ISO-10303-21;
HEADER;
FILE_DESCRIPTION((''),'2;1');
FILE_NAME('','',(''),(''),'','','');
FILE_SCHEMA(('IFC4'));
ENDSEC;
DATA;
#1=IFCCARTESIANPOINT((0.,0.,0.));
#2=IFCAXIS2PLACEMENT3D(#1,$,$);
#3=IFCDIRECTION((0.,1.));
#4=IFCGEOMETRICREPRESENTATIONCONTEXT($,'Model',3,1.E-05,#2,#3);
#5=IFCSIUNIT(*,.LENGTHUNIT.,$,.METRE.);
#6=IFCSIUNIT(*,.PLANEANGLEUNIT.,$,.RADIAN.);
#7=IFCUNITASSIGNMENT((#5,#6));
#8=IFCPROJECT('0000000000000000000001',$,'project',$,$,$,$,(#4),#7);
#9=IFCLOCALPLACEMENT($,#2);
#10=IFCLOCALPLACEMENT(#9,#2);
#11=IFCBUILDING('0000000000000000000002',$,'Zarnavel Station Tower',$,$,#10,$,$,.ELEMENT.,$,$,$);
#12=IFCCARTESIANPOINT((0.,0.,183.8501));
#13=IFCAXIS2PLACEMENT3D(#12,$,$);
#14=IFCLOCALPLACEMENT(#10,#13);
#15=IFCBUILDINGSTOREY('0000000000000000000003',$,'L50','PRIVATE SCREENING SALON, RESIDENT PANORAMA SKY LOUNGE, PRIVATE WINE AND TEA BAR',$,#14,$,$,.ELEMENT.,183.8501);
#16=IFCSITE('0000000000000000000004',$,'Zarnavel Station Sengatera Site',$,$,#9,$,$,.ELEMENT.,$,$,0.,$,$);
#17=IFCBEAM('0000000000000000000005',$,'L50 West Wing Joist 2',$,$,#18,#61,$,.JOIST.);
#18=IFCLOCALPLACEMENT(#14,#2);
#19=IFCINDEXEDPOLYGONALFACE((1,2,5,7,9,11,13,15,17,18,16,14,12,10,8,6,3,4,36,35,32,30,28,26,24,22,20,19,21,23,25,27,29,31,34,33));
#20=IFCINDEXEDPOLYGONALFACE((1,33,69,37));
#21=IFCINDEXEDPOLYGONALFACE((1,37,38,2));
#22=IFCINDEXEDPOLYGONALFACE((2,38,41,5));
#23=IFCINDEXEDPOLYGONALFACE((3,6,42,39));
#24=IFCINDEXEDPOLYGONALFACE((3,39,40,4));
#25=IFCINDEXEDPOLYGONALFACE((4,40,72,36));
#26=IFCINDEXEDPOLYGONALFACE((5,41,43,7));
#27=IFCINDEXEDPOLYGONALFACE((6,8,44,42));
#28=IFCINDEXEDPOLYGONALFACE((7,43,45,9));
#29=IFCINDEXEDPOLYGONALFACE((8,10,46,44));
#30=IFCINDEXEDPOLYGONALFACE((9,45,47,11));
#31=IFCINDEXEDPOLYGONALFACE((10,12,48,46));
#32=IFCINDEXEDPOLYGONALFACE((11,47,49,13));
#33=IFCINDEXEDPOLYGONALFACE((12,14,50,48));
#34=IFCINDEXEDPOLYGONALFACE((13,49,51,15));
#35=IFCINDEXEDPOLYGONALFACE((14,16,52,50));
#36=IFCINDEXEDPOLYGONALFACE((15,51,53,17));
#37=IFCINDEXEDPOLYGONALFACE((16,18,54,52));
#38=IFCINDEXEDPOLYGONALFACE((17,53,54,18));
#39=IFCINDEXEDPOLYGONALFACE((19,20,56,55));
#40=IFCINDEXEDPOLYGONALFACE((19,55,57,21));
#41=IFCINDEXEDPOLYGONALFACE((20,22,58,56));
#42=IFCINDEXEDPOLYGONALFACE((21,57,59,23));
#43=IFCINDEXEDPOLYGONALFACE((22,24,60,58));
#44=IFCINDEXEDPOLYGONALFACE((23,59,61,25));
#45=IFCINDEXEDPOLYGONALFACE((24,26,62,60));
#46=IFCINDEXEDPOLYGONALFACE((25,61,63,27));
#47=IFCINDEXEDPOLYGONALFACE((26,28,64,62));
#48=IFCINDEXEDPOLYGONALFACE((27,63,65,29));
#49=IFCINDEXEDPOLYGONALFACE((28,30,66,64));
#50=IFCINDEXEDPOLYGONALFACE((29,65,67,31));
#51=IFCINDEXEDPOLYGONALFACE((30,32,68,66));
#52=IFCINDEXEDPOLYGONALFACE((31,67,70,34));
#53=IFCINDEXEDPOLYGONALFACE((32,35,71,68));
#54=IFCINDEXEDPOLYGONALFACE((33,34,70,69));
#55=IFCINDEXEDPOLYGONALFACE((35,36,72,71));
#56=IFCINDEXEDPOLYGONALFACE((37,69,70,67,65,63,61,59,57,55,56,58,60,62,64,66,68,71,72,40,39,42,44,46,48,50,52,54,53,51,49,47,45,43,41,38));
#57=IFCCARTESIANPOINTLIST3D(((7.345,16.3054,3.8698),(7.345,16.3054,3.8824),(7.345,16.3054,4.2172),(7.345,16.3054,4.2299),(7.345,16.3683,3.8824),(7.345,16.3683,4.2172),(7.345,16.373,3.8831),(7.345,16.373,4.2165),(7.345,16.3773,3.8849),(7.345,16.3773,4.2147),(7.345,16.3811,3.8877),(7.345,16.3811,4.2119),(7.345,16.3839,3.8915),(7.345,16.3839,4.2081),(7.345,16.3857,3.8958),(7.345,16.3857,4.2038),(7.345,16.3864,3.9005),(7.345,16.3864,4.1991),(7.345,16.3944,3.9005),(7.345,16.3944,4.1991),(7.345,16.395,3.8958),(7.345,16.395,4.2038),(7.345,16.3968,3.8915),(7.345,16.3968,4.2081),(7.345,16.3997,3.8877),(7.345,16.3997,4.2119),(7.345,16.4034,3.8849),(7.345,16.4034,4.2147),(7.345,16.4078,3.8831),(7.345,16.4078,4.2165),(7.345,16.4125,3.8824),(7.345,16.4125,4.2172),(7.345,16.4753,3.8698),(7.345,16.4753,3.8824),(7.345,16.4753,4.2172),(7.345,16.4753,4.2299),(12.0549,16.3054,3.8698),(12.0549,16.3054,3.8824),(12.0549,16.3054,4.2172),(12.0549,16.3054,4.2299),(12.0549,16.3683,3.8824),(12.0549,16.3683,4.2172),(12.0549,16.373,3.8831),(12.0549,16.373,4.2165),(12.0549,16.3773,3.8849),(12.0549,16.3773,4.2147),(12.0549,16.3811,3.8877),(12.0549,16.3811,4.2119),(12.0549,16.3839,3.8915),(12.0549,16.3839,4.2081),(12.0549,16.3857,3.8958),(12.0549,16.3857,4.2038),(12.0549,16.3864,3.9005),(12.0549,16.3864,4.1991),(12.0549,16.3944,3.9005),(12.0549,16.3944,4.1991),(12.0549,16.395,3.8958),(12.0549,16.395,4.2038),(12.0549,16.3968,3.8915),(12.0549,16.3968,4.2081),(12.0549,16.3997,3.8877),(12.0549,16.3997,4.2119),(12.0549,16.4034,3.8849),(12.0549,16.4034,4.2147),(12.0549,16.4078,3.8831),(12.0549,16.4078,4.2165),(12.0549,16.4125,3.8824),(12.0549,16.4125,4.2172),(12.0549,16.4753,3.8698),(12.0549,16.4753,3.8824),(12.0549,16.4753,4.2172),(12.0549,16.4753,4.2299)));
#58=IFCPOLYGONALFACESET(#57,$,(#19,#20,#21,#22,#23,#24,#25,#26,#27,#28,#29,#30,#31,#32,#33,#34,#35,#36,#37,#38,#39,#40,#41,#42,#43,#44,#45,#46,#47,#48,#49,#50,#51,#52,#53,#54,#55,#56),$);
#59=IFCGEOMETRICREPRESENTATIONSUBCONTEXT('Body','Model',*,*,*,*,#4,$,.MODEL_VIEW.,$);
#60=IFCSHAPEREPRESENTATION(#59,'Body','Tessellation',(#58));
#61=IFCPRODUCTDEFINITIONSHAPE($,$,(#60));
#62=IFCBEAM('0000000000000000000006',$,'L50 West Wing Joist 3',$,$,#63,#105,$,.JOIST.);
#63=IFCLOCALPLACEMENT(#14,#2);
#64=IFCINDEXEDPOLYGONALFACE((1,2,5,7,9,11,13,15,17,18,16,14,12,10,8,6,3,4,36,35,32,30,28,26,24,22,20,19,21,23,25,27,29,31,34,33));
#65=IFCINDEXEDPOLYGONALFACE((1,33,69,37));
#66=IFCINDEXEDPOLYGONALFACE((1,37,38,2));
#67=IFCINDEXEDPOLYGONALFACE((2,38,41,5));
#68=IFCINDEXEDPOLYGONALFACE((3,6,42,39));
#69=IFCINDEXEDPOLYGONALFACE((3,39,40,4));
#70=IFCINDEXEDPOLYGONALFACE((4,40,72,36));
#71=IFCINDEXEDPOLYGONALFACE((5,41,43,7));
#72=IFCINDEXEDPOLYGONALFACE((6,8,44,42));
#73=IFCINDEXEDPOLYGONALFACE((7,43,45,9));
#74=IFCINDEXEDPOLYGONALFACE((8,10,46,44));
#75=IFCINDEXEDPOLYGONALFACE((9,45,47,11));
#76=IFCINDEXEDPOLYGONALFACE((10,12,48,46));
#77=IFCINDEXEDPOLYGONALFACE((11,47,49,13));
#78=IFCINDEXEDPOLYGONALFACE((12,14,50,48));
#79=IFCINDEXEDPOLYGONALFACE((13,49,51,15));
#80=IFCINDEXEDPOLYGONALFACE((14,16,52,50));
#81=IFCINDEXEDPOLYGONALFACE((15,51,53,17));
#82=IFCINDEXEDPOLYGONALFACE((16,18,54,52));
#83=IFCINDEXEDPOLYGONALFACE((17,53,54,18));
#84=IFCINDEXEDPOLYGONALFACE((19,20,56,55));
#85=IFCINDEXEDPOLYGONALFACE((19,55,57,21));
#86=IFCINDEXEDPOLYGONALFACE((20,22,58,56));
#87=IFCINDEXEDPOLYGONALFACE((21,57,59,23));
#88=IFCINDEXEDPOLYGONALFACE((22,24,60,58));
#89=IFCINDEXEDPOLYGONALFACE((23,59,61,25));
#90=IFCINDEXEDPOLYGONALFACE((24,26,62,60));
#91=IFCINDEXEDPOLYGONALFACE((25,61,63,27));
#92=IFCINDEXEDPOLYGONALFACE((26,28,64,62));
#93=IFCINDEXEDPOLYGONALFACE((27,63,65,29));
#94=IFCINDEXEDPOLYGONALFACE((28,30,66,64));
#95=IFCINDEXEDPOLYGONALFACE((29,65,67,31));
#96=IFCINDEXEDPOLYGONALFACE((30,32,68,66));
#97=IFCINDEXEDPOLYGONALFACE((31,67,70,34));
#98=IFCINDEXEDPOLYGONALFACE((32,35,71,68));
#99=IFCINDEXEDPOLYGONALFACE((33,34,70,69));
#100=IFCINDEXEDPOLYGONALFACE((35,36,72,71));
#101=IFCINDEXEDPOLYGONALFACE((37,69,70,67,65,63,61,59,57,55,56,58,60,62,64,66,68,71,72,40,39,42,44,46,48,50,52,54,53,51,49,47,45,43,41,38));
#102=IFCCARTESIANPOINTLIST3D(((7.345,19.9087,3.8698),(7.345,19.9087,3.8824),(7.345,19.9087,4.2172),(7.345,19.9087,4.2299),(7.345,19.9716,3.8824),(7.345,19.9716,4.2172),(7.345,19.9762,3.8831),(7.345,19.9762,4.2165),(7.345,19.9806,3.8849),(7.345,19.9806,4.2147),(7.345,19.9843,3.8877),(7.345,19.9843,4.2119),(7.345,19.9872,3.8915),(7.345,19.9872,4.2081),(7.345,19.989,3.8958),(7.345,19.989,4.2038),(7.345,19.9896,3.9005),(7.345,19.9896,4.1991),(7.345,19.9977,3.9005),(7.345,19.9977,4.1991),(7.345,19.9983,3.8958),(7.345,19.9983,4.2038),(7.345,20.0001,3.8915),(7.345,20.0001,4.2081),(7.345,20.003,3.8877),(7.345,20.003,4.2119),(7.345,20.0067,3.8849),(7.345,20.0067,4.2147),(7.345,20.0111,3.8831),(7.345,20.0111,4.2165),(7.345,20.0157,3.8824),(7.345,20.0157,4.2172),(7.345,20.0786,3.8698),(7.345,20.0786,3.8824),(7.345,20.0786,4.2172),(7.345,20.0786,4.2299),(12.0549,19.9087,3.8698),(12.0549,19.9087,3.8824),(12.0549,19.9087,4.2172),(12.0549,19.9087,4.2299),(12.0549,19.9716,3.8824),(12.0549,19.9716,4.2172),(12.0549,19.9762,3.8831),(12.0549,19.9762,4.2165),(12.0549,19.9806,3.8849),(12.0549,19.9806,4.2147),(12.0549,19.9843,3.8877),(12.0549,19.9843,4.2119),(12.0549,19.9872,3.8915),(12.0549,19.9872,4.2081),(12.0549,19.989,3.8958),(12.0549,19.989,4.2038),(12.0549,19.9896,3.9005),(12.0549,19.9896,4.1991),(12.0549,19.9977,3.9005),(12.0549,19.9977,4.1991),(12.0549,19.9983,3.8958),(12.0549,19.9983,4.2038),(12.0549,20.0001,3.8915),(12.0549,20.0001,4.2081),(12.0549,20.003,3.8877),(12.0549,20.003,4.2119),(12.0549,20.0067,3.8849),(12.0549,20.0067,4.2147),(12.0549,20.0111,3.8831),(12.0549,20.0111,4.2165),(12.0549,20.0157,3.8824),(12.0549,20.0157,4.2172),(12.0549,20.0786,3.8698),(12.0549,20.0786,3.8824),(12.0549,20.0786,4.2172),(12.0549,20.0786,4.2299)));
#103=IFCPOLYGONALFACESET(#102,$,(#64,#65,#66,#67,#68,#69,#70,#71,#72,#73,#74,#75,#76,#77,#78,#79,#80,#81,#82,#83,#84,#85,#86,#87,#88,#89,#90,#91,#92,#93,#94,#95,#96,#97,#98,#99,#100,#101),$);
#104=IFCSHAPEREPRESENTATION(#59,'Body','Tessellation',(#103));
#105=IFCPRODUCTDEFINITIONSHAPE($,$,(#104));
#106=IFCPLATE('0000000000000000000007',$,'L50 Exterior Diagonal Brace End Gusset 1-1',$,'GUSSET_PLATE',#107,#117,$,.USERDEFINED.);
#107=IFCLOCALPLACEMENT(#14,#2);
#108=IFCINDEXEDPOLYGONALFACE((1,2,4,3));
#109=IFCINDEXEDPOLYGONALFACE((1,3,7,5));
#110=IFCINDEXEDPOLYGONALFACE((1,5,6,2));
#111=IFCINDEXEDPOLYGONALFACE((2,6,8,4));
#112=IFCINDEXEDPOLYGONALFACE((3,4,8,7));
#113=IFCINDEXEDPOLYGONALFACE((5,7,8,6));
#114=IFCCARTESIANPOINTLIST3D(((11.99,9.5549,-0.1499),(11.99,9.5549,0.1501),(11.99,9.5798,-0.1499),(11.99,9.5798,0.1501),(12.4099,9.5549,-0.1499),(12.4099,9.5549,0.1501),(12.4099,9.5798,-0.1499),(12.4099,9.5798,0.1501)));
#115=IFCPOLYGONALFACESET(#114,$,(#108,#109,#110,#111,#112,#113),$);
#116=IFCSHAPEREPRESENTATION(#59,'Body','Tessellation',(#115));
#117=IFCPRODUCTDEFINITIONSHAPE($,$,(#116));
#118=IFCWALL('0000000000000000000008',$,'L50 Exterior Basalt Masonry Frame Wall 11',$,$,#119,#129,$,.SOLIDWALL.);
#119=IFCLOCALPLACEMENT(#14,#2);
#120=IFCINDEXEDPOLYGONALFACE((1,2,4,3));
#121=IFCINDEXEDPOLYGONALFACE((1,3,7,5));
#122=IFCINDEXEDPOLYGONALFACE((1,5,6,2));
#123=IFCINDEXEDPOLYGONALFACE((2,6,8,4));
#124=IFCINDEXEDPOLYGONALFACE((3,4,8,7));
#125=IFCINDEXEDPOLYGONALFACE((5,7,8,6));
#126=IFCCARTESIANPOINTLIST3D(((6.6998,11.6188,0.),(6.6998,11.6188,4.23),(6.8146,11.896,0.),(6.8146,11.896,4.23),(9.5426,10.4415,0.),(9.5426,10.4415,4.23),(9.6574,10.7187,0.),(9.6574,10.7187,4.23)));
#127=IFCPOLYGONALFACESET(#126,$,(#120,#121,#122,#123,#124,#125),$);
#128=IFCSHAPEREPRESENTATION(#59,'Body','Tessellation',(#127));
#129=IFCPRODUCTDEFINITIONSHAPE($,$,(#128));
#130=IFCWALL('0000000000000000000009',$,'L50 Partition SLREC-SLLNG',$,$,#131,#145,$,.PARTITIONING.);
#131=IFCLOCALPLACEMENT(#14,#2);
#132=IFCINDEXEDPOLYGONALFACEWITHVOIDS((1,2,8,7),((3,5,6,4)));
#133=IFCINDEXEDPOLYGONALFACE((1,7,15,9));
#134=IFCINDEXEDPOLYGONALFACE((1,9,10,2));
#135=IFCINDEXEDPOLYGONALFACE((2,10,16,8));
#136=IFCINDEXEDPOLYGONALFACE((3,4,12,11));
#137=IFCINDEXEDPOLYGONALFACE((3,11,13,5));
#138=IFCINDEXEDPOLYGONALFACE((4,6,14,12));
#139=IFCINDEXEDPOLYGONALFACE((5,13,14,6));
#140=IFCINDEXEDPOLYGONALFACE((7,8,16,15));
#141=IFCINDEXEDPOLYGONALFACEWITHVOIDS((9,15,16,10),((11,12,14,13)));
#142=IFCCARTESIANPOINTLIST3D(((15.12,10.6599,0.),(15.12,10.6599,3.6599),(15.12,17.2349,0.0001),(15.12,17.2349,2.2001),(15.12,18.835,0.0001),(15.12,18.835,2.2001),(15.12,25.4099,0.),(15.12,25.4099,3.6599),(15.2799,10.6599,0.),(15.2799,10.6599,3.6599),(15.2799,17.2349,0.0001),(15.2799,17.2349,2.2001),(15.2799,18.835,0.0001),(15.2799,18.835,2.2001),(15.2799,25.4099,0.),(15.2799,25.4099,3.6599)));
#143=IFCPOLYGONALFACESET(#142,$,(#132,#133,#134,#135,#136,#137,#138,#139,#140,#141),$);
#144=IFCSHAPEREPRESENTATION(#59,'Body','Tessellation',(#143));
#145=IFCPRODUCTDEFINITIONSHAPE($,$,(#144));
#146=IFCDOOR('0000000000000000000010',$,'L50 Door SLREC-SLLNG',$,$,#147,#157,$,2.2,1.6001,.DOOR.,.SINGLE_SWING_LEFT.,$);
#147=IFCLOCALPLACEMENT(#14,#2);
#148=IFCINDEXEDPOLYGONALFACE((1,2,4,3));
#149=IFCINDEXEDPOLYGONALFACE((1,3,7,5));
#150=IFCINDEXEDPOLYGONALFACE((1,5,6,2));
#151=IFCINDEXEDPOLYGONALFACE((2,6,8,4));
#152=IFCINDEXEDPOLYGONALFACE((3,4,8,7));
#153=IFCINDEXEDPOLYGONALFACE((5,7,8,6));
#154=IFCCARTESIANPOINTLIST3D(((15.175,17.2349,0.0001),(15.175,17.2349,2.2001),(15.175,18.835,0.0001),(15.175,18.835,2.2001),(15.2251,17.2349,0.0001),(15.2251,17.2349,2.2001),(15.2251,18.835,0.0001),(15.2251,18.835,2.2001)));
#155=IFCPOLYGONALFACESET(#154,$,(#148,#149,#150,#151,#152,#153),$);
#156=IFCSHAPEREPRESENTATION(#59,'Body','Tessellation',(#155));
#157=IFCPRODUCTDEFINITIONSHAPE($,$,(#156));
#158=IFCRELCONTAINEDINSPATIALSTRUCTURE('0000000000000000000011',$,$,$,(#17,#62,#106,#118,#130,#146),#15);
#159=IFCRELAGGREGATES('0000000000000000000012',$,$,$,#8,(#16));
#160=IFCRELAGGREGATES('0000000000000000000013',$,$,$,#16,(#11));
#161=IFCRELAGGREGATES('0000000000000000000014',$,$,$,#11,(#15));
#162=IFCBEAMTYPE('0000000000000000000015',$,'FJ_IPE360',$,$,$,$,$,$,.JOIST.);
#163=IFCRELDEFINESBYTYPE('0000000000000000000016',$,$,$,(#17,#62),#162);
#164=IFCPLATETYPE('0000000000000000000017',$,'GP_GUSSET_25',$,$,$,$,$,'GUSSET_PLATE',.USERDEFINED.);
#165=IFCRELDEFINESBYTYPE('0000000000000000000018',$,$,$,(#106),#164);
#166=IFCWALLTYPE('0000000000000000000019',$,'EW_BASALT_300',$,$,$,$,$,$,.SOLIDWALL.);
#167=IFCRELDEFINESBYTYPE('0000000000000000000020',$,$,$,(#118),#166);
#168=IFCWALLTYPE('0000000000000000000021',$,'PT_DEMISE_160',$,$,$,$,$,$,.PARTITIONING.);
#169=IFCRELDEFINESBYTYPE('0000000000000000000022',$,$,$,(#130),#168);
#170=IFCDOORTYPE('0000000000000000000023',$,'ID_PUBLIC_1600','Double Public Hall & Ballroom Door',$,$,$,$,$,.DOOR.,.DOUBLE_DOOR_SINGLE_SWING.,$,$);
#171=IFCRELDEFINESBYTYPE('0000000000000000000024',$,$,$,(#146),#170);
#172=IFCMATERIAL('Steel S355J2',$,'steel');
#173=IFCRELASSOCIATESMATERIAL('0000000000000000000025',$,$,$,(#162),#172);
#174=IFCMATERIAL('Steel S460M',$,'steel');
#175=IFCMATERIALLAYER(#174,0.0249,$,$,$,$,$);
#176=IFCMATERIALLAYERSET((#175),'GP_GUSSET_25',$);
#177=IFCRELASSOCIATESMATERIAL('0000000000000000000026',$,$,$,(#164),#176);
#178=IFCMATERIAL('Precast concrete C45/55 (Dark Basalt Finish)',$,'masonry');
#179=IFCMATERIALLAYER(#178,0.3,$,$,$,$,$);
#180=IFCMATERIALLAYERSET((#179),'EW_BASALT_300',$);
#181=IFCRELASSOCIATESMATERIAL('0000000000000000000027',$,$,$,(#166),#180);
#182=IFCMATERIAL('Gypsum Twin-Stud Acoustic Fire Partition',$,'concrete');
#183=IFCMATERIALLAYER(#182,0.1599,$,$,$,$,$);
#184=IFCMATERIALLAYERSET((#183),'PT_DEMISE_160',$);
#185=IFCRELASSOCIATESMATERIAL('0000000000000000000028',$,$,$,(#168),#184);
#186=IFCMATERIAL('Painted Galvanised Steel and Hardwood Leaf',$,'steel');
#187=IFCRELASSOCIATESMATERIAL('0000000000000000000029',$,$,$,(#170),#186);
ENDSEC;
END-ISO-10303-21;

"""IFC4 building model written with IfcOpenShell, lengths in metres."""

from ifc_helpers import new_model, si_unit, direction, frame, frame_2d, origin, origin_2d, place, context, subcontext, project, spatial, rectangle, i_section, extrude, material, layer, layer_set, material_profile, profile_set, type_object, element, fill, save


model = new_model("IFC4")

# Units and contexts
model_context = context("Model", 3, precision=1e-05, world=origin(), true_north=direction((0.0, 1.0)))
body_context = subcontext(model_context, "Body", "Model", "MODEL_VIEW")
ifc_project = project(units=[si_unit("LENGTHUNIT", "METRE"), si_unit("PLANEANGLEUNIT", "RADIAN")], contexts=[model_context])

# Site, building, storey
site_placement = place(None, origin())
site = spatial("IfcSite", under=ifc_project, at=site_placement, Name="Zarnavel Station Sengatera Site", CompositionType="ELEMENT", RefElevation=0.0)
building_placement = place(site_placement, origin())
building = spatial("IfcBuilding", under=site, at=building_placement, Name="Zarnavel Station Tower", CompositionType="ELEMENT")
storey_placement = place(building_placement, frame((0.0, 0.0, 183.8501)))
storey = spatial("IfcBuildingStorey", under=building, at=storey_placement, Name="L50", Description="PRIVATE SCREENING SALON, RESIDENT PANORAMA SKY LOUNGE, PRIVATE WINE AND TEA BAR", CompositionType="ELEMENT", Elevation=183.8501)

# Beams
ifc_material_1 = material(Name="Steel S355J2", Category="steel")
ifc_material_profile_1 = material_profile(ifc_material_1, i_section(OverallWidth=0.1699, OverallDepth=0.3601, WebThickness=0.0081, FlangeThickness=0.0127, FilletRadius=0.0181, at=origin_2d()), Name="IPE360")
ifc_profile_set_1 = profile_set([ifc_material_profile_1], Name="Steel S355J2")
beam_type_1 = type_object("IfcBeamType", Name="FJ_IPE360", PredefinedType="JOIST", material=ifc_profile_set_1)
for number, where, z_axis, x_axis, name in (
    (1, (7.345, 16.3904, 4.0498), (1.0, 0.0, 0.0), (0.0, 1.0, 0.0), "L50 West Wing Joist 2"),
    (2, (7.345, 19.9937, 4.0498), (1.0, 0.0, 0.0), (0.0, 1.0, 0.0), "L50 West Wing Joist 3"),
):
    element("IfcBeam", number, at=place(storey_placement, frame(where, z_axis=z_axis, x_axis=x_axis)), inside=storey, type_object=beam_type_1, Name=name, PredefinedType="JOIST", context=body_context, shape_type="SweptSolid", body=[
        extrude(i_section(OverallWidth=0.1699, OverallDepth=0.3601, WebThickness=0.0081, FlangeThickness=0.0127, FilletRadius=0.0181, at=origin_2d()), origin(), (0.0, 0.0, 1.0), 4.71),
    ])

# Plate
ifc_material_2 = material(Name="Steel S460M", Category="steel")
ifc_layer_1 = layer(ifc_material_2, 0.0249)
ifc_layer_set_1 = layer_set([ifc_layer_1], Name="GP_GUSSET_25")
plate_type = type_object("IfcPlateType", Name="GP_GUSSET_25", ElementType="GUSSET_PLATE", PredefinedType="USERDEFINED", material=ifc_layer_set_1)
plate_placement = place(storey_placement, frame((12.2, 9.5674, -0.1499), z_axis=(0.0, 0.0, 1.0), x_axis=(1.0, 0.0, 0.0)))
element("IfcPlate", 3, at=plate_placement, inside=storey, type_object=plate_type, Name="L50 Exterior Diagonal Brace End Gusset 1-1", ObjectType="GUSSET_PLATE", PredefinedType="USERDEFINED", context=body_context, shape_type="SweptSolid", body=[
    extrude(rectangle(XDim=0.4199, YDim=0.0249, at=origin_2d()), origin(), (0.0, 0.0, 1.0), 0.3),
])

# Wall
ifc_material_3 = material(Name="Precast concrete C45/55 (Dark Basalt Finish)", Category="masonry")
ifc_layer_2 = layer(ifc_material_3, 0.3)
ifc_layer_set_2 = layer_set([ifc_layer_2], Name="EW_BASALT_300")
wall_type_1 = type_object("IfcWallType", Name="EW_BASALT_300", PredefinedType="SOLIDWALL", material=ifc_layer_set_2)
wall_1_placement = place(storey_placement, frame((9.6001, 10.5801, 0.0), z_axis=(0.0, 0.0, 1.0), x_axis=(-0.92391, 0.382609, 0.0)))
element("IfcWall", 4, at=wall_1_placement, inside=storey, type_object=wall_type_1, Name="L50 Exterior Basalt Masonry Frame Wall 11", PredefinedType="SOLIDWALL", context=body_context, shape_type="SweptSolid", body=[
    extrude(rectangle(XDim=3.0769, YDim=0.3, at=frame_2d((1.5386, 0.0))), origin(), (0.0, 0.0, 1.0), 4.23),
])

# Wall, opening, door
ifc_material_4 = material(Name="Gypsum Twin-Stud Acoustic Fire Partition", Category="concrete")
ifc_layer_3 = layer(ifc_material_4, 0.1599)
ifc_layer_set_3 = layer_set([ifc_layer_3], Name="PT_DEMISE_160")
wall_type_2 = type_object("IfcWallType", Name="PT_DEMISE_160", PredefinedType="PARTITIONING", material=ifc_layer_set_3)
wall_2_placement = place(storey_placement, frame((15.2, 10.6599, 0.0), z_axis=(0.0, 0.0, 1.0), x_axis=(0.0, 1.0, 0.0)))
wall_2 = element("IfcWall", 5, at=wall_2_placement, inside=storey, type_object=wall_type_2, Name="L50 Partition SLREC-SLLNG", PredefinedType="PARTITIONING", context=body_context, shape_type="SweptSolid", body=[
    extrude(rectangle(XDim=14.75, YDim=0.1599, at=frame_2d((7.375, 0.0))), origin(), (0.0, 0.0, 1.0), 3.6599),
])
opening_placement = place(wall_2_placement, frame((6.575, 0.0, 0.0)))
opening = element("IfcOpeningElement", 6, at=opening_placement, cuts=wall_2, PredefinedType="OPENING", context=body_context, shape_type="SweptSolid", body=[
    extrude(rectangle(XDim=1.6001, YDim=2.2, at=frame_2d((0.8, 1.1001))), frame((0.0, 0.0898, 0.0), z_axis=(0.0, -1.0, 0.0), x_axis=(1.0, 0.0, 0.0)), (0.0, 0.0, 1.0), 0.1799),
])
ifc_material_5 = material(Name="Painted Galvanised Steel and Hardwood Leaf", Category="steel")
door_type = type_object("IfcDoorType", Name="ID_PUBLIC_1600", Description="Double Public Hall & Ballroom Door", OperationType="DOUBLE_DOOR_SINGLE_SWING", PredefinedType="DOOR", material=ifc_material_5)
door_placement = place(opening_placement, origin())
door = element("IfcDoor", 7, at=door_placement, inside=storey, type_object=door_type, Name="L50 Door SLREC-SLLNG", OperationType="SINGLE_SWING_LEFT", OverallHeight=2.2, OverallWidth=1.6001, PredefinedType="DOOR", context=body_context, shape_type="SweptSolid", body=[
    extrude(rectangle(XDim=1.6001, YDim=2.2, at=frame_2d((0.8, 1.1001))), frame((0.0, 0.0249, 0.0), z_axis=(0.0, -1.0, 0.0), x_axis=(1.0, 0.0, 0.0)), (0.0, 0.0, 1.0), 0.05),
])
fill(opening, door)

save(model, "model.ifc")
